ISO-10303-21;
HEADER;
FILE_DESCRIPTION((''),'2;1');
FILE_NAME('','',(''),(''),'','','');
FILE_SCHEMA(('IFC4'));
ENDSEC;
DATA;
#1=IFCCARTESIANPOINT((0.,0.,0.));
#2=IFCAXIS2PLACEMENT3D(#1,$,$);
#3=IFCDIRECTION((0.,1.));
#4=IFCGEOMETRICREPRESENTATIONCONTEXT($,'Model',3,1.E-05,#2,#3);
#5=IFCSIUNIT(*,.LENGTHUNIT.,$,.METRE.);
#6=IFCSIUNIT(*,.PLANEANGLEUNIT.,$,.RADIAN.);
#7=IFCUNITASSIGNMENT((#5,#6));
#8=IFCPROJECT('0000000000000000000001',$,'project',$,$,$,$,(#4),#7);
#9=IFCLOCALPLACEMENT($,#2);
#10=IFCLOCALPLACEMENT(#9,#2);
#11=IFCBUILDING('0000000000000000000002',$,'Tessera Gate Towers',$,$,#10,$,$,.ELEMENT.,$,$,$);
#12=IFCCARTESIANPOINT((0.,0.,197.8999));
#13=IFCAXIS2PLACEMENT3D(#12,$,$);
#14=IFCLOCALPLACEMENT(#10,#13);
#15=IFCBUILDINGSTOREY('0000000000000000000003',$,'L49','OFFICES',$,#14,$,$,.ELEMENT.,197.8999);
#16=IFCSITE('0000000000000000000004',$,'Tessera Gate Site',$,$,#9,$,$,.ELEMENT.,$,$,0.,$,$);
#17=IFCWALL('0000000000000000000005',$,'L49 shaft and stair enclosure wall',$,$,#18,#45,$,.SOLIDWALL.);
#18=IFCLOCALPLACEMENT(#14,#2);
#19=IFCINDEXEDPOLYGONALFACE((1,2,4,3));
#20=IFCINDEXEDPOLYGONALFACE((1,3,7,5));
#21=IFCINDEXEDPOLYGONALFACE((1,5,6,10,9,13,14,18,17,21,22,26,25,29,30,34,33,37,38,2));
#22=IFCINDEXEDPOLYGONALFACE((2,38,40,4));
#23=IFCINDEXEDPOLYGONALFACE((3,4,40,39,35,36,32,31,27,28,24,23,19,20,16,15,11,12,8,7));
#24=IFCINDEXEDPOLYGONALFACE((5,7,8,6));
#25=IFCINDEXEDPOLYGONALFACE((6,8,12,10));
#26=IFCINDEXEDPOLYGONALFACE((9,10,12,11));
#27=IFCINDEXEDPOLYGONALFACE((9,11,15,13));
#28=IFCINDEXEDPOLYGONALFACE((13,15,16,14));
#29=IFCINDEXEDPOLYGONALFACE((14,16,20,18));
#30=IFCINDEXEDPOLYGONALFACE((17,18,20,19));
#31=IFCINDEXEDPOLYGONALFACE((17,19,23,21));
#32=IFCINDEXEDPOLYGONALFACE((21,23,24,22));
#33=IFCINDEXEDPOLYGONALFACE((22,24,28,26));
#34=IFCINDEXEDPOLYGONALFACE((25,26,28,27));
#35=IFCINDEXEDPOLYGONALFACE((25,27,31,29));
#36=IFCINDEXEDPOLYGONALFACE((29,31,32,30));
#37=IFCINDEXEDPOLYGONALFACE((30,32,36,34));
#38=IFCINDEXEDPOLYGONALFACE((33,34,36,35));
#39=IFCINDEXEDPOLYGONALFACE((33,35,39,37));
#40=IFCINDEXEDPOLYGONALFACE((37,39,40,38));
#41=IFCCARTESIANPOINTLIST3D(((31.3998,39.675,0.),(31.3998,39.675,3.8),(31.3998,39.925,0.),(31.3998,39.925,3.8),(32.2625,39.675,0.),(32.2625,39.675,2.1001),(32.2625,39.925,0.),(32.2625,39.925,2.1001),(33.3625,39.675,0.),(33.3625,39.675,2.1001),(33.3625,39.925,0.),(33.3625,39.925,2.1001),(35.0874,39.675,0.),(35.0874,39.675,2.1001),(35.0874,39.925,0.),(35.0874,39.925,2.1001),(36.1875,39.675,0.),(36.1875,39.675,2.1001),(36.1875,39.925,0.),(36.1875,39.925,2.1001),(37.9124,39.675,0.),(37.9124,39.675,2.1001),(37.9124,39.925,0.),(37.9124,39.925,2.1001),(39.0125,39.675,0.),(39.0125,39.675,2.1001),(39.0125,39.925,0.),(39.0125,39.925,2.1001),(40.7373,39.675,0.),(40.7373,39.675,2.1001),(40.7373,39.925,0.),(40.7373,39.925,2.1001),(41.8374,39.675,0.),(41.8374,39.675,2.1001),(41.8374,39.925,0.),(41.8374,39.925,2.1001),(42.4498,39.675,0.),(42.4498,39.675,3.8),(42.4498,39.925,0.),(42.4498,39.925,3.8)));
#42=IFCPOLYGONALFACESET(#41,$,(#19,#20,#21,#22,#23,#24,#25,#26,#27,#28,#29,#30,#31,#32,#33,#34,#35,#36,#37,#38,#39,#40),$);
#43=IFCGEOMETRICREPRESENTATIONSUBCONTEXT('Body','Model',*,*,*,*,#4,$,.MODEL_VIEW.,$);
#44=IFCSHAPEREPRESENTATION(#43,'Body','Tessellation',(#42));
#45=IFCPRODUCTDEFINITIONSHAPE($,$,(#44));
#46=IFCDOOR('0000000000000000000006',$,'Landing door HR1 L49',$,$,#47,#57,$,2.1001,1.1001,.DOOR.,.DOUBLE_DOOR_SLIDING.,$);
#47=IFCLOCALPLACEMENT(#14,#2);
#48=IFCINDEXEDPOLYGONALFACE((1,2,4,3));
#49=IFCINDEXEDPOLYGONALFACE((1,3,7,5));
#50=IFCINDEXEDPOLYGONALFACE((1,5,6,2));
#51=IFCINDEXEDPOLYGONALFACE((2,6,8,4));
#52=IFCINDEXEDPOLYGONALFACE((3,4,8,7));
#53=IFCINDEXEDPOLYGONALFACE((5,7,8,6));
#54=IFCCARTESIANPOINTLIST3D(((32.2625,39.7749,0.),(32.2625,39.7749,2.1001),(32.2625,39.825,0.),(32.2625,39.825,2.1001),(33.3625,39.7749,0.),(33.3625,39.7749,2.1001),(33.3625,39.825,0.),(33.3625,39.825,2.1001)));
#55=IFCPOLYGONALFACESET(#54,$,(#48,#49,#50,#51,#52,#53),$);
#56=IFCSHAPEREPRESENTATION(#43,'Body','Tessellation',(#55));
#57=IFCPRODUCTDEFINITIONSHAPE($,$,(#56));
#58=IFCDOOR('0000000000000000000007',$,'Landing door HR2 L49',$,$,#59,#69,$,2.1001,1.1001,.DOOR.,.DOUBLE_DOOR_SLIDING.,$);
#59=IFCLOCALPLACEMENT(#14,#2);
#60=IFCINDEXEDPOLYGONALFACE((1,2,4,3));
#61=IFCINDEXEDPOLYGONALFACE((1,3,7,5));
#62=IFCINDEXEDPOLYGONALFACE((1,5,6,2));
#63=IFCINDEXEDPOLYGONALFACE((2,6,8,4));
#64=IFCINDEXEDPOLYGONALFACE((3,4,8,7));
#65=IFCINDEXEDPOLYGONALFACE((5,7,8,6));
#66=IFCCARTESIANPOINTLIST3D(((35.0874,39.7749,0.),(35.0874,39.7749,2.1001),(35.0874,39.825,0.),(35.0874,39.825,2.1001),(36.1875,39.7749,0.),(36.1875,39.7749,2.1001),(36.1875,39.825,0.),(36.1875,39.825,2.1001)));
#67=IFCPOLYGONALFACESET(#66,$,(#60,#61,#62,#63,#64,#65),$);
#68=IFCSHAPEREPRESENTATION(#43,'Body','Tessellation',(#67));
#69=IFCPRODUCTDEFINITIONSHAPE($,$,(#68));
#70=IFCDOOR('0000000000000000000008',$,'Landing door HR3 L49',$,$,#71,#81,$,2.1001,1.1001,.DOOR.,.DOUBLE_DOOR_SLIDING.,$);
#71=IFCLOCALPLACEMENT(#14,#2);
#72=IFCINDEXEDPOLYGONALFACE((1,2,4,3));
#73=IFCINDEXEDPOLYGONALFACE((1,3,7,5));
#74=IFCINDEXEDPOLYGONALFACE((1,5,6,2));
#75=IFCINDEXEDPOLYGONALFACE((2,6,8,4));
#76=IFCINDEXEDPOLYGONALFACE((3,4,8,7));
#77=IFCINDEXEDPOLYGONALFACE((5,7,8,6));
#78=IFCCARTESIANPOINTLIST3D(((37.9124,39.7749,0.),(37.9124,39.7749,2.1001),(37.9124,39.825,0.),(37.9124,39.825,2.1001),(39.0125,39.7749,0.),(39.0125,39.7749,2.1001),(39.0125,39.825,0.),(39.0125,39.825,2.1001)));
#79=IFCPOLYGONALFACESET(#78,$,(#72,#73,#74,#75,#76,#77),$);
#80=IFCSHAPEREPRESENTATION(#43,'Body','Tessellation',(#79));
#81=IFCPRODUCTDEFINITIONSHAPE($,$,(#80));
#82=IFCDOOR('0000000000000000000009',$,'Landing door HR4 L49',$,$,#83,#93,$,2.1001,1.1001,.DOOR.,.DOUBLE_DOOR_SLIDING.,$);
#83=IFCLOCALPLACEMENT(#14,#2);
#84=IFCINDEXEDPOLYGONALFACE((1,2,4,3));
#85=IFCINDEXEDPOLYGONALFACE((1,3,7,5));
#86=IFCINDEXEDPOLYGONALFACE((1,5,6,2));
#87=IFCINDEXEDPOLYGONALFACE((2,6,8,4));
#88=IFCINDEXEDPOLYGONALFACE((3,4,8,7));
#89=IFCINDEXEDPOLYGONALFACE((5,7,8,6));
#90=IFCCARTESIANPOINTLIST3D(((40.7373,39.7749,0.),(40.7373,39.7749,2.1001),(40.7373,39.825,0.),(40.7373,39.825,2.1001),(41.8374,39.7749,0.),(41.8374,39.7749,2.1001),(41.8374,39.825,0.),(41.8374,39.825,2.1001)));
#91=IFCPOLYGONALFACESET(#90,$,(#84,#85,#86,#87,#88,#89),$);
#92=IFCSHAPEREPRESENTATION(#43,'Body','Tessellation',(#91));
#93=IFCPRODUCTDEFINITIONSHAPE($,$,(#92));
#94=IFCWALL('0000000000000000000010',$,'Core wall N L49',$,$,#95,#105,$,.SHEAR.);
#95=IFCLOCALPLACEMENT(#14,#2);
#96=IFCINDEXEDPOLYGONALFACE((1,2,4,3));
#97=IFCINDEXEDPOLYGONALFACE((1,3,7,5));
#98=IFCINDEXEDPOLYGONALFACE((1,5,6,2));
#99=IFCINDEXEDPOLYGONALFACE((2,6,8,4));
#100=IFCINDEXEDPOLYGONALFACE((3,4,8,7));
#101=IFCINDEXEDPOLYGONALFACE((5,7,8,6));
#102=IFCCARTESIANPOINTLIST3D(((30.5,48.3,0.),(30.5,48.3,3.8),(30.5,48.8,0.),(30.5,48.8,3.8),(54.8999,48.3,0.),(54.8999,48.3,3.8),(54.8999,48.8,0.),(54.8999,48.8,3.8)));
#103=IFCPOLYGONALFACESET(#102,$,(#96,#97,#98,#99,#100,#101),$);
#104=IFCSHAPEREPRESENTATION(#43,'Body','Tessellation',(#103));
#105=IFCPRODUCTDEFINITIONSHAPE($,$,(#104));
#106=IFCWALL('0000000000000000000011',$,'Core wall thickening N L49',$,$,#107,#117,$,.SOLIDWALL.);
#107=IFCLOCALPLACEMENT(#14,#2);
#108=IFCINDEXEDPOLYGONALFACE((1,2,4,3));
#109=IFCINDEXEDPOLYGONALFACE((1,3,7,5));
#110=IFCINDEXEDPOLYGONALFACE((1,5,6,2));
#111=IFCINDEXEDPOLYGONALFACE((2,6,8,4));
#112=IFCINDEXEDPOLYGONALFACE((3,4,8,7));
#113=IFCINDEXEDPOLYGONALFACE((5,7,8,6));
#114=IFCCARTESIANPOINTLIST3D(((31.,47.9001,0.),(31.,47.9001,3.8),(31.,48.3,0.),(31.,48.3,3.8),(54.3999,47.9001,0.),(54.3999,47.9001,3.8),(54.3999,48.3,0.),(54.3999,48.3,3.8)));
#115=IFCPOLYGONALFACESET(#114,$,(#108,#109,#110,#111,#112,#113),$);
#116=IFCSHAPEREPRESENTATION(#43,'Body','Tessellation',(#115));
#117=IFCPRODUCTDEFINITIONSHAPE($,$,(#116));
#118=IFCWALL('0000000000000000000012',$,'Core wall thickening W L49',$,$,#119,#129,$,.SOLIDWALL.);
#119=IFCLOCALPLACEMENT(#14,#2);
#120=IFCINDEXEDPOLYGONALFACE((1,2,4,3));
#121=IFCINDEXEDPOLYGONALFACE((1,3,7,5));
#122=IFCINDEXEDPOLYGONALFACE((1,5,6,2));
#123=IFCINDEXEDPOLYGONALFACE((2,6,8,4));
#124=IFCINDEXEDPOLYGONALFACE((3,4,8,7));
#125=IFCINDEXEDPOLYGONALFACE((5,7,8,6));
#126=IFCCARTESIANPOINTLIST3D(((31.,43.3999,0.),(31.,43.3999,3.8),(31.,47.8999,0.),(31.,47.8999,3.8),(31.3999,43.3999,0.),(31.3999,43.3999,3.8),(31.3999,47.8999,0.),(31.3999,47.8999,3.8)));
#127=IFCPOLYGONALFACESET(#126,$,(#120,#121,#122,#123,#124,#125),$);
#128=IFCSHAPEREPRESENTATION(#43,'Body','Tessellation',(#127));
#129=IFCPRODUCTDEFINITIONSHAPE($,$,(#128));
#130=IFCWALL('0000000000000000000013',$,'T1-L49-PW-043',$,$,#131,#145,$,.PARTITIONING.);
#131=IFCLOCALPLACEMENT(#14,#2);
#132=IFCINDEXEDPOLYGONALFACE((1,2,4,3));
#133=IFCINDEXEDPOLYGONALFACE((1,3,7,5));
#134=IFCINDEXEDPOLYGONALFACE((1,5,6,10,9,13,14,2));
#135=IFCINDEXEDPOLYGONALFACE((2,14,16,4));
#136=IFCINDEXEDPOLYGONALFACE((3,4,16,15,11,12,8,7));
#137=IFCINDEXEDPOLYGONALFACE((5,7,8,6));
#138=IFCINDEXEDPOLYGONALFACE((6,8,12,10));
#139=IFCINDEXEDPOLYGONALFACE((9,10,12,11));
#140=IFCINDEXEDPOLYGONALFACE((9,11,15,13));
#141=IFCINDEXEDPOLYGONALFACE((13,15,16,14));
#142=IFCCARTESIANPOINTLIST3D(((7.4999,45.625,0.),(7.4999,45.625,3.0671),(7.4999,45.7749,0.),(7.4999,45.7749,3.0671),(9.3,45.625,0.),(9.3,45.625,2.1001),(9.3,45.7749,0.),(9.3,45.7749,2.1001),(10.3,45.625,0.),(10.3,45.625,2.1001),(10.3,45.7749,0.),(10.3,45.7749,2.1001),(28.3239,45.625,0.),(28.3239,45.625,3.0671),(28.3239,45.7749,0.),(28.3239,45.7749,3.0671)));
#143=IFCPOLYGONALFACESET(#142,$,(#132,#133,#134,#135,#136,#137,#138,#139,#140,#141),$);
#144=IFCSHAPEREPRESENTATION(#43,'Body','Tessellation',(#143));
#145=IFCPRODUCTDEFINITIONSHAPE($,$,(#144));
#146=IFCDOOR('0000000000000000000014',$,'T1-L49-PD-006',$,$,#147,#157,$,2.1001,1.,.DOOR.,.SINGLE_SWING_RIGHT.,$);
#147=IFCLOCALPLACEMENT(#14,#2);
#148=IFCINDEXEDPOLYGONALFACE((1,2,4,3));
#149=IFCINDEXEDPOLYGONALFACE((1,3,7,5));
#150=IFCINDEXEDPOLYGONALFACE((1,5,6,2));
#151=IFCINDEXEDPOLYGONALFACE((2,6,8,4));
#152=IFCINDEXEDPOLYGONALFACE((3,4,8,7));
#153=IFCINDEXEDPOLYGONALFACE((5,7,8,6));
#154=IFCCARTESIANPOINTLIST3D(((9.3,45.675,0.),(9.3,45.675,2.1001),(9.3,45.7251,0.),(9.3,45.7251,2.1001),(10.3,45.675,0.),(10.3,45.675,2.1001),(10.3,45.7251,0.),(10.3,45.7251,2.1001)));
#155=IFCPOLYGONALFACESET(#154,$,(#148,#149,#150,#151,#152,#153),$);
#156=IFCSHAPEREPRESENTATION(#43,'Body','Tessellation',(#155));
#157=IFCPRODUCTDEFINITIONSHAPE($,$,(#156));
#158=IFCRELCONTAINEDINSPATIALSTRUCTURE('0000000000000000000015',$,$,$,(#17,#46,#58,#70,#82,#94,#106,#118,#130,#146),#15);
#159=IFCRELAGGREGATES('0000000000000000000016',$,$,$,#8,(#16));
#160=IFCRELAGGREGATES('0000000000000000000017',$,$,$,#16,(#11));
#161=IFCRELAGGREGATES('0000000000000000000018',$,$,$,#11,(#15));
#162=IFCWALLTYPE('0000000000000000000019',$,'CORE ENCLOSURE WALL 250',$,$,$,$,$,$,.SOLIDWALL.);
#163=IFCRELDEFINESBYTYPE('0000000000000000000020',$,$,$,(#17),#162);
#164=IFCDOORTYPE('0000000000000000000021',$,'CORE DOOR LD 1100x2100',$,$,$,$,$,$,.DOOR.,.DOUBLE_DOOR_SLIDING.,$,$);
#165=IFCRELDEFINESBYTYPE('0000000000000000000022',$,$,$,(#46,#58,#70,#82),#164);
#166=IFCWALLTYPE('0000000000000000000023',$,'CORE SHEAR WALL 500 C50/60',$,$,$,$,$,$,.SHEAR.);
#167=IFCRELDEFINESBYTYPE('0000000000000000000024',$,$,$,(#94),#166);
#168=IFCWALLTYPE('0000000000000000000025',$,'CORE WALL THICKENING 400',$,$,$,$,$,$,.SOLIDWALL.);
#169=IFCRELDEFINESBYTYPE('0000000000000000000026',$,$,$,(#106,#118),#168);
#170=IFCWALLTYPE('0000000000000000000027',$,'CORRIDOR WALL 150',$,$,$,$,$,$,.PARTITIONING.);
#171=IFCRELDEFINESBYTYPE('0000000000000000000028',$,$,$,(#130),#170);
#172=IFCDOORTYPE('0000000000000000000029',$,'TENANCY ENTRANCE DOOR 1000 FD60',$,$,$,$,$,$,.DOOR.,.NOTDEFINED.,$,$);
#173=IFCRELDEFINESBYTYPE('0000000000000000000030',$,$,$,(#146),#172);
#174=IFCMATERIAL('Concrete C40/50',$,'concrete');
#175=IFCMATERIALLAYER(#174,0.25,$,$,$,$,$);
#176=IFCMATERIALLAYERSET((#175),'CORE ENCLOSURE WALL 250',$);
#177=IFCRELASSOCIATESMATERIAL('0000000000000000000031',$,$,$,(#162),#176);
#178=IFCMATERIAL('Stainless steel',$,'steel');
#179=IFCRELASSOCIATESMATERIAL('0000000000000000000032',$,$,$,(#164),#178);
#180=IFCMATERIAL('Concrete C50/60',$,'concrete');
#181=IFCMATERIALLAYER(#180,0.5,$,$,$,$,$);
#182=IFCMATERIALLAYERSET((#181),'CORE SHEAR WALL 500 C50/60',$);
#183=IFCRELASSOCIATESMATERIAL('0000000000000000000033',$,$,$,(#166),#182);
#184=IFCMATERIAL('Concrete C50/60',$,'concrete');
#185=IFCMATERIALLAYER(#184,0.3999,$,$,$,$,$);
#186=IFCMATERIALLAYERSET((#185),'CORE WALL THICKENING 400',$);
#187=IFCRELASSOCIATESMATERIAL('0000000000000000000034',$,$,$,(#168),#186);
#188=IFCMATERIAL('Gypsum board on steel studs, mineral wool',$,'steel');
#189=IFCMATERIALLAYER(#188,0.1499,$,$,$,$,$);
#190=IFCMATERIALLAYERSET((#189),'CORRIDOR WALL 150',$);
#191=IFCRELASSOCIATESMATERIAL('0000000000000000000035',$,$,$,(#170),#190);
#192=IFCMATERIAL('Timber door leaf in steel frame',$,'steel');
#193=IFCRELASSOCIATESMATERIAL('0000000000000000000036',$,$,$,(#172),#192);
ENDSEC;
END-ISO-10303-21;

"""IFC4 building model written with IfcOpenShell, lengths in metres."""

from ifc_helpers import new_model, si_unit, direction, frame, frame_2d, origin, place, context, subcontext, project, spatial, rectangle, extrude, source, transform, mapped, material, layer, layer_set, type_object, element, fill, save


model = new_model("IFC4")

# Units and contexts
model_context = context("Model", 3, precision=1e-05, world=origin(), true_north=direction((0.0, 1.0)))
body_context = subcontext(model_context, "Body", "Model", "MODEL_VIEW")
ifc_project = project(units=[si_unit("LENGTHUNIT", "METRE"), si_unit("PLANEANGLEUNIT", "RADIAN")], contexts=[model_context])

# Site, building, storey
site_placement = place(None, origin())
site = spatial("IfcSite", under=ifc_project, at=site_placement, Name="Tessera Gate Site", CompositionType="ELEMENT", RefElevation=0.0)
building_placement = place(site_placement, origin())
building = spatial("IfcBuilding", under=site, at=building_placement, Name="Tessera Gate Towers", CompositionType="ELEMENT")
storey_placement = place(building_placement, frame((0.0, 0.0, 197.8999)))
storey = spatial("IfcBuildingStorey", under=building, at=storey_placement, Name="L49", Description="OFFICES", CompositionType="ELEMENT", Elevation=197.8999)

# Wall, openings, doors
ifc_material_1 = material(Name="Concrete C40/50", Category="concrete")
ifc_layer_1 = layer(ifc_material_1, 0.25)
ifc_layer_set_1 = layer_set([ifc_layer_1], Name="CORE ENCLOSURE WALL 250")
wall_type_1 = type_object("IfcWallType", Name="CORE ENCLOSURE WALL 250", PredefinedType="SOLIDWALL", material=ifc_layer_set_1)
wall_1_placement = place(storey_placement, frame((31.3999, 39.8, 0.0), z_axis=(0.0, 0.0, 1.0), x_axis=(1.0, 0.0, 0.0)))
wall_1 = element("IfcWall", 1, at=wall_1_placement, inside=storey, type_object=wall_type_1, Name="L49 shaft and stair enclosure wall", PredefinedType="SOLIDWALL", context=body_context, shape_type="SweptSolid", body=[
    extrude(rectangle(XDim=11.05, YDim=0.25, at=frame_2d((5.5249, 0.0))), origin(), (0.0, 0.0, 1.0), 3.8),
])
shared_shape_1 = source(origin(), body_context, "Body", "SweptSolid", [
    extrude(rectangle(XDim=1.1001, YDim=2.1001, at=frame_2d((0.55, 1.05))), frame((0.0, 0.135, 0.0), z_axis=(0.0, -1.0, 0.0), x_axis=(1.0, 0.0, 0.0)), (0.0, 0.0, 1.0), 0.27),
])
opening_1_placement = place(wall_1_placement, frame((0.8625, 0.0, 0.0)))
opening_1 = element("IfcOpeningElement", 2, at=opening_1_placement, cuts=wall_1, PredefinedType="OPENING", context=body_context, shape_type="MappedRepresentation", body=[
    mapped(shared_shape_1, transform((0.0, 0.0, 0.0), scale=1.0)),
])
opening_2_placement = place(wall_1_placement, frame((3.6875, 0.0, 0.0)))
opening_2 = element("IfcOpeningElement", 3, at=opening_2_placement, cuts=wall_1, PredefinedType="OPENING", context=body_context, shape_type="MappedRepresentation", body=[
    mapped(shared_shape_1, transform((0.0, 0.0, 0.0), scale=1.0)),
])
opening_3_placement = place(wall_1_placement, frame((6.5125, 0.0, 0.0)))
opening_3 = element("IfcOpeningElement", 4, at=opening_3_placement, cuts=wall_1, PredefinedType="OPENING", context=body_context, shape_type="MappedRepresentation", body=[
    mapped(shared_shape_1, transform((0.0, 0.0, 0.0), scale=1.0)),
])
opening_4_placement = place(wall_1_placement, frame((9.3374, 0.0, 0.0)))
opening_4 = element("IfcOpeningElement", 5, at=opening_4_placement, cuts=wall_1, PredefinedType="OPENING", context=body_context, shape_type="MappedRepresentation", body=[
    mapped(shared_shape_1, transform((0.0, 0.0, 0.0), scale=1.0)),
])
ifc_material_2 = material(Name="Stainless steel", Category="steel")
door_type_1 = type_object("IfcDoorType", Name="CORE DOOR LD 1100x2100", OperationType="DOUBLE_DOOR_SLIDING", PredefinedType="DOOR", material=ifc_material_2)
shared_shape_2 = source(origin(), body_context, "Body", "SweptSolid", [
    extrude(rectangle(XDim=1.1001, YDim=2.1001, at=frame_2d((0.55, 1.05))), frame((0.0, 0.0249, 0.0), z_axis=(0.0, -1.0, 0.0), x_axis=(1.0, 0.0, 0.0)), (0.0, 0.0, 1.0), 0.05),
])
door_1_placement = place(opening_1_placement, origin())
door_1 = element("IfcDoor", 6, at=door_1_placement, inside=storey, type_object=door_type_1, Name="Landing door HR1 L49", OperationType="DOUBLE_DOOR_SLIDING", OverallHeight=2.1001, OverallWidth=1.1001, PredefinedType="DOOR", context=body_context, shape_type="MappedRepresentation", body=[
    mapped(shared_shape_2, transform((0.0, 0.0, 0.0), scale=1.0)),
])
fill(opening_1, door_1)
door_2_placement = place(opening_2_placement, origin())
door_2 = element("IfcDoor", 7, at=door_2_placement, inside=storey, type_object=door_type_1, Name="Landing door HR2 L49", OperationType="DOUBLE_DOOR_SLIDING", OverallHeight=2.1001, OverallWidth=1.1001, PredefinedType="DOOR", context=body_context, shape_type="MappedRepresentation", body=[
    mapped(shared_shape_2, transform((0.0, 0.0, 0.0), scale=1.0)),
])
fill(opening_2, door_2)
door_3_placement = place(opening_3_placement, origin())
door_3 = element("IfcDoor", 8, at=door_3_placement, inside=storey, type_object=door_type_1, Name="Landing door HR3 L49", OperationType="DOUBLE_DOOR_SLIDING", OverallHeight=2.1001, OverallWidth=1.1001, PredefinedType="DOOR", context=body_context, shape_type="MappedRepresentation", body=[
    mapped(shared_shape_2, transform((0.0, 0.0, 0.0), scale=1.0)),
])
fill(opening_3, door_3)
door_4_placement = place(opening_4_placement, origin())
door_4 = element("IfcDoor", 9, at=door_4_placement, inside=storey, type_object=door_type_1, Name="Landing door HR4 L49", OperationType="DOUBLE_DOOR_SLIDING", OverallHeight=2.1001, OverallWidth=1.1001, PredefinedType="DOOR", context=body_context, shape_type="MappedRepresentation", body=[
    mapped(shared_shape_2, transform((0.0, 0.0, 0.0), scale=1.0)),
])
fill(opening_4, door_4)

# Walls
ifc_material_3 = material(Name="Concrete C50/60", Category="concrete")
ifc_layer_2 = layer(ifc_material_3, 0.5)
ifc_layer_set_2 = layer_set([ifc_layer_2], Name="CORE SHEAR WALL 500 C50/60")
wall_type_2 = type_object("IfcWallType", Name="CORE SHEAR WALL 500 C50/60", PredefinedType="SHEAR", material=ifc_layer_set_2)
wall_2_placement = place(storey_placement, frame((30.5, 48.55, 0.0), z_axis=(0.0, 0.0, 1.0), x_axis=(1.0, 0.0, 0.0)))
element("IfcWall", 10, at=wall_2_placement, inside=storey, type_object=wall_type_2, Name="Core wall N L49", PredefinedType="SHEAR", context=body_context, shape_type="SweptSolid", body=[
    extrude(rectangle(XDim=24.3999, YDim=0.5, at=frame_2d((12.2, 0.0))), origin(), (0.0, 0.0, 1.0), 3.8),
])
ifc_material_4 = material(Name="Concrete C50/60", Category="concrete")
ifc_layer_3 = layer(ifc_material_4, 0.3999)
ifc_layer_set_3 = layer_set([ifc_layer_3], Name="CORE WALL THICKENING 400")
wall_type_3 = type_object("IfcWallType", Name="CORE WALL THICKENING 400", PredefinedType="SOLIDWALL", material=ifc_layer_set_3)
wall_3_placement = place(storey_placement, frame((31.0, 48.1001, 0.0), z_axis=(0.0, 0.0, 1.0), x_axis=(1.0, 0.0, 0.0)))
element("IfcWall", 11, at=wall_3_placement, inside=storey, type_object=wall_type_3, Name="Core wall thickening N L49", PredefinedType="SOLIDWALL", context=body_context, shape_type="SweptSolid", body=[
    extrude(rectangle(XDim=23.3999, YDim=0.3999, at=frame_2d((11.7, 0.0))), origin(), (0.0, 0.0, 1.0), 3.8),
])
wall_4_placement = place(storey_placement, frame((31.2, 43.3999, 0.0), z_axis=(0.0, 0.0, 1.0), x_axis=(0.0, 1.0, 0.0)))
element("IfcWall", 12, at=wall_4_placement, inside=storey, type_object=wall_type_3, Name="Core wall thickening W L49", PredefinedType="SOLIDWALL", context=body_context, shape_type="SweptSolid", body=[
    extrude(rectangle(XDim=4.5, YDim=0.3999, at=frame_2d((2.25, 0.0))), origin(), (0.0, 0.0, 1.0), 3.8),
])

# Wall, opening, door
ifc_material_5 = material(Name="Gypsum board on steel studs, mineral wool", Category="steel")
ifc_layer_4 = layer(ifc_material_5, 0.1499)
ifc_layer_set_4 = layer_set([ifc_layer_4], Name="CORRIDOR WALL 150")
wall_type_4 = type_object("IfcWallType", Name="CORRIDOR WALL 150", PredefinedType="PARTITIONING", material=ifc_layer_set_4)
wall_5_placement = place(storey_placement, frame((28.324, 45.7, 0.0), z_axis=(0.0, 0.0, 1.0), x_axis=(-1.0, 0.0, 0.0)))
wall_5 = element("IfcWall", 13, at=wall_5_placement, inside=storey, type_object=wall_type_4, Name="T1-L49-PW-043", PredefinedType="PARTITIONING", context=body_context, shape_type="SweptSolid", body=[
    extrude(rectangle(XDim=20.824, YDim=0.1499, at=frame_2d((10.4121, 0.0))), origin(), (0.0, 0.0, 1.0), 3.0671),
])
shared_shape_3 = source(origin(), body_context, "Body", "SweptSolid", [
    extrude(rectangle(XDim=1.0, YDim=2.1001, at=frame_2d((0.5, 1.05))), frame((0.0, 0.085, 0.0), z_axis=(0.0, -1.0, 0.0), x_axis=(1.0, 0.0, 0.0)), (0.0, 0.0, 1.0), 0.1699),
])
opening_5_placement = place(wall_5_placement, frame((18.0239, 0.0, 0.0)))
opening_5 = element("IfcOpeningElement", 14, at=opening_5_placement, cuts=wall_5, PredefinedType="OPENING", context=body_context, shape_type="MappedRepresentation", body=[
    mapped(shared_shape_3, transform((0.0, 0.0, 0.0), scale=1.0)),
])
ifc_material_6 = material(Name="Timber door leaf in steel frame", Category="steel")
door_type_2 = type_object("IfcDoorType", Name="TENANCY ENTRANCE DOOR 1000 FD60", OperationType="NOTDEFINED", PredefinedType="DOOR", material=ifc_material_6)
shared_shape_4 = source(origin(), body_context, "Body", "SweptSolid", [
    extrude(rectangle(XDim=1.0, YDim=2.1001, at=frame_2d((0.5, 1.05))), frame((0.0, 0.0249, 0.0), z_axis=(0.0, -1.0, 0.0), x_axis=(1.0, 0.0, 0.0)), (0.0, 0.0, 1.0), 0.05),
])
door_5_placement = place(opening_5_placement, origin())
door_5 = element("IfcDoor", 15, at=door_5_placement, inside=storey, type_object=door_type_2, Name="T1-L49-PD-006", OperationType="SINGLE_SWING_RIGHT", OverallHeight=2.1001, OverallWidth=1.0, PredefinedType="DOOR", context=body_context, shape_type="MappedRepresentation", body=[
    mapped(shared_shape_4, transform((0.0, 0.0, 0.0), scale=1.0)),
])
fill(opening_5, door_5)

save(model, "model.ifc")
